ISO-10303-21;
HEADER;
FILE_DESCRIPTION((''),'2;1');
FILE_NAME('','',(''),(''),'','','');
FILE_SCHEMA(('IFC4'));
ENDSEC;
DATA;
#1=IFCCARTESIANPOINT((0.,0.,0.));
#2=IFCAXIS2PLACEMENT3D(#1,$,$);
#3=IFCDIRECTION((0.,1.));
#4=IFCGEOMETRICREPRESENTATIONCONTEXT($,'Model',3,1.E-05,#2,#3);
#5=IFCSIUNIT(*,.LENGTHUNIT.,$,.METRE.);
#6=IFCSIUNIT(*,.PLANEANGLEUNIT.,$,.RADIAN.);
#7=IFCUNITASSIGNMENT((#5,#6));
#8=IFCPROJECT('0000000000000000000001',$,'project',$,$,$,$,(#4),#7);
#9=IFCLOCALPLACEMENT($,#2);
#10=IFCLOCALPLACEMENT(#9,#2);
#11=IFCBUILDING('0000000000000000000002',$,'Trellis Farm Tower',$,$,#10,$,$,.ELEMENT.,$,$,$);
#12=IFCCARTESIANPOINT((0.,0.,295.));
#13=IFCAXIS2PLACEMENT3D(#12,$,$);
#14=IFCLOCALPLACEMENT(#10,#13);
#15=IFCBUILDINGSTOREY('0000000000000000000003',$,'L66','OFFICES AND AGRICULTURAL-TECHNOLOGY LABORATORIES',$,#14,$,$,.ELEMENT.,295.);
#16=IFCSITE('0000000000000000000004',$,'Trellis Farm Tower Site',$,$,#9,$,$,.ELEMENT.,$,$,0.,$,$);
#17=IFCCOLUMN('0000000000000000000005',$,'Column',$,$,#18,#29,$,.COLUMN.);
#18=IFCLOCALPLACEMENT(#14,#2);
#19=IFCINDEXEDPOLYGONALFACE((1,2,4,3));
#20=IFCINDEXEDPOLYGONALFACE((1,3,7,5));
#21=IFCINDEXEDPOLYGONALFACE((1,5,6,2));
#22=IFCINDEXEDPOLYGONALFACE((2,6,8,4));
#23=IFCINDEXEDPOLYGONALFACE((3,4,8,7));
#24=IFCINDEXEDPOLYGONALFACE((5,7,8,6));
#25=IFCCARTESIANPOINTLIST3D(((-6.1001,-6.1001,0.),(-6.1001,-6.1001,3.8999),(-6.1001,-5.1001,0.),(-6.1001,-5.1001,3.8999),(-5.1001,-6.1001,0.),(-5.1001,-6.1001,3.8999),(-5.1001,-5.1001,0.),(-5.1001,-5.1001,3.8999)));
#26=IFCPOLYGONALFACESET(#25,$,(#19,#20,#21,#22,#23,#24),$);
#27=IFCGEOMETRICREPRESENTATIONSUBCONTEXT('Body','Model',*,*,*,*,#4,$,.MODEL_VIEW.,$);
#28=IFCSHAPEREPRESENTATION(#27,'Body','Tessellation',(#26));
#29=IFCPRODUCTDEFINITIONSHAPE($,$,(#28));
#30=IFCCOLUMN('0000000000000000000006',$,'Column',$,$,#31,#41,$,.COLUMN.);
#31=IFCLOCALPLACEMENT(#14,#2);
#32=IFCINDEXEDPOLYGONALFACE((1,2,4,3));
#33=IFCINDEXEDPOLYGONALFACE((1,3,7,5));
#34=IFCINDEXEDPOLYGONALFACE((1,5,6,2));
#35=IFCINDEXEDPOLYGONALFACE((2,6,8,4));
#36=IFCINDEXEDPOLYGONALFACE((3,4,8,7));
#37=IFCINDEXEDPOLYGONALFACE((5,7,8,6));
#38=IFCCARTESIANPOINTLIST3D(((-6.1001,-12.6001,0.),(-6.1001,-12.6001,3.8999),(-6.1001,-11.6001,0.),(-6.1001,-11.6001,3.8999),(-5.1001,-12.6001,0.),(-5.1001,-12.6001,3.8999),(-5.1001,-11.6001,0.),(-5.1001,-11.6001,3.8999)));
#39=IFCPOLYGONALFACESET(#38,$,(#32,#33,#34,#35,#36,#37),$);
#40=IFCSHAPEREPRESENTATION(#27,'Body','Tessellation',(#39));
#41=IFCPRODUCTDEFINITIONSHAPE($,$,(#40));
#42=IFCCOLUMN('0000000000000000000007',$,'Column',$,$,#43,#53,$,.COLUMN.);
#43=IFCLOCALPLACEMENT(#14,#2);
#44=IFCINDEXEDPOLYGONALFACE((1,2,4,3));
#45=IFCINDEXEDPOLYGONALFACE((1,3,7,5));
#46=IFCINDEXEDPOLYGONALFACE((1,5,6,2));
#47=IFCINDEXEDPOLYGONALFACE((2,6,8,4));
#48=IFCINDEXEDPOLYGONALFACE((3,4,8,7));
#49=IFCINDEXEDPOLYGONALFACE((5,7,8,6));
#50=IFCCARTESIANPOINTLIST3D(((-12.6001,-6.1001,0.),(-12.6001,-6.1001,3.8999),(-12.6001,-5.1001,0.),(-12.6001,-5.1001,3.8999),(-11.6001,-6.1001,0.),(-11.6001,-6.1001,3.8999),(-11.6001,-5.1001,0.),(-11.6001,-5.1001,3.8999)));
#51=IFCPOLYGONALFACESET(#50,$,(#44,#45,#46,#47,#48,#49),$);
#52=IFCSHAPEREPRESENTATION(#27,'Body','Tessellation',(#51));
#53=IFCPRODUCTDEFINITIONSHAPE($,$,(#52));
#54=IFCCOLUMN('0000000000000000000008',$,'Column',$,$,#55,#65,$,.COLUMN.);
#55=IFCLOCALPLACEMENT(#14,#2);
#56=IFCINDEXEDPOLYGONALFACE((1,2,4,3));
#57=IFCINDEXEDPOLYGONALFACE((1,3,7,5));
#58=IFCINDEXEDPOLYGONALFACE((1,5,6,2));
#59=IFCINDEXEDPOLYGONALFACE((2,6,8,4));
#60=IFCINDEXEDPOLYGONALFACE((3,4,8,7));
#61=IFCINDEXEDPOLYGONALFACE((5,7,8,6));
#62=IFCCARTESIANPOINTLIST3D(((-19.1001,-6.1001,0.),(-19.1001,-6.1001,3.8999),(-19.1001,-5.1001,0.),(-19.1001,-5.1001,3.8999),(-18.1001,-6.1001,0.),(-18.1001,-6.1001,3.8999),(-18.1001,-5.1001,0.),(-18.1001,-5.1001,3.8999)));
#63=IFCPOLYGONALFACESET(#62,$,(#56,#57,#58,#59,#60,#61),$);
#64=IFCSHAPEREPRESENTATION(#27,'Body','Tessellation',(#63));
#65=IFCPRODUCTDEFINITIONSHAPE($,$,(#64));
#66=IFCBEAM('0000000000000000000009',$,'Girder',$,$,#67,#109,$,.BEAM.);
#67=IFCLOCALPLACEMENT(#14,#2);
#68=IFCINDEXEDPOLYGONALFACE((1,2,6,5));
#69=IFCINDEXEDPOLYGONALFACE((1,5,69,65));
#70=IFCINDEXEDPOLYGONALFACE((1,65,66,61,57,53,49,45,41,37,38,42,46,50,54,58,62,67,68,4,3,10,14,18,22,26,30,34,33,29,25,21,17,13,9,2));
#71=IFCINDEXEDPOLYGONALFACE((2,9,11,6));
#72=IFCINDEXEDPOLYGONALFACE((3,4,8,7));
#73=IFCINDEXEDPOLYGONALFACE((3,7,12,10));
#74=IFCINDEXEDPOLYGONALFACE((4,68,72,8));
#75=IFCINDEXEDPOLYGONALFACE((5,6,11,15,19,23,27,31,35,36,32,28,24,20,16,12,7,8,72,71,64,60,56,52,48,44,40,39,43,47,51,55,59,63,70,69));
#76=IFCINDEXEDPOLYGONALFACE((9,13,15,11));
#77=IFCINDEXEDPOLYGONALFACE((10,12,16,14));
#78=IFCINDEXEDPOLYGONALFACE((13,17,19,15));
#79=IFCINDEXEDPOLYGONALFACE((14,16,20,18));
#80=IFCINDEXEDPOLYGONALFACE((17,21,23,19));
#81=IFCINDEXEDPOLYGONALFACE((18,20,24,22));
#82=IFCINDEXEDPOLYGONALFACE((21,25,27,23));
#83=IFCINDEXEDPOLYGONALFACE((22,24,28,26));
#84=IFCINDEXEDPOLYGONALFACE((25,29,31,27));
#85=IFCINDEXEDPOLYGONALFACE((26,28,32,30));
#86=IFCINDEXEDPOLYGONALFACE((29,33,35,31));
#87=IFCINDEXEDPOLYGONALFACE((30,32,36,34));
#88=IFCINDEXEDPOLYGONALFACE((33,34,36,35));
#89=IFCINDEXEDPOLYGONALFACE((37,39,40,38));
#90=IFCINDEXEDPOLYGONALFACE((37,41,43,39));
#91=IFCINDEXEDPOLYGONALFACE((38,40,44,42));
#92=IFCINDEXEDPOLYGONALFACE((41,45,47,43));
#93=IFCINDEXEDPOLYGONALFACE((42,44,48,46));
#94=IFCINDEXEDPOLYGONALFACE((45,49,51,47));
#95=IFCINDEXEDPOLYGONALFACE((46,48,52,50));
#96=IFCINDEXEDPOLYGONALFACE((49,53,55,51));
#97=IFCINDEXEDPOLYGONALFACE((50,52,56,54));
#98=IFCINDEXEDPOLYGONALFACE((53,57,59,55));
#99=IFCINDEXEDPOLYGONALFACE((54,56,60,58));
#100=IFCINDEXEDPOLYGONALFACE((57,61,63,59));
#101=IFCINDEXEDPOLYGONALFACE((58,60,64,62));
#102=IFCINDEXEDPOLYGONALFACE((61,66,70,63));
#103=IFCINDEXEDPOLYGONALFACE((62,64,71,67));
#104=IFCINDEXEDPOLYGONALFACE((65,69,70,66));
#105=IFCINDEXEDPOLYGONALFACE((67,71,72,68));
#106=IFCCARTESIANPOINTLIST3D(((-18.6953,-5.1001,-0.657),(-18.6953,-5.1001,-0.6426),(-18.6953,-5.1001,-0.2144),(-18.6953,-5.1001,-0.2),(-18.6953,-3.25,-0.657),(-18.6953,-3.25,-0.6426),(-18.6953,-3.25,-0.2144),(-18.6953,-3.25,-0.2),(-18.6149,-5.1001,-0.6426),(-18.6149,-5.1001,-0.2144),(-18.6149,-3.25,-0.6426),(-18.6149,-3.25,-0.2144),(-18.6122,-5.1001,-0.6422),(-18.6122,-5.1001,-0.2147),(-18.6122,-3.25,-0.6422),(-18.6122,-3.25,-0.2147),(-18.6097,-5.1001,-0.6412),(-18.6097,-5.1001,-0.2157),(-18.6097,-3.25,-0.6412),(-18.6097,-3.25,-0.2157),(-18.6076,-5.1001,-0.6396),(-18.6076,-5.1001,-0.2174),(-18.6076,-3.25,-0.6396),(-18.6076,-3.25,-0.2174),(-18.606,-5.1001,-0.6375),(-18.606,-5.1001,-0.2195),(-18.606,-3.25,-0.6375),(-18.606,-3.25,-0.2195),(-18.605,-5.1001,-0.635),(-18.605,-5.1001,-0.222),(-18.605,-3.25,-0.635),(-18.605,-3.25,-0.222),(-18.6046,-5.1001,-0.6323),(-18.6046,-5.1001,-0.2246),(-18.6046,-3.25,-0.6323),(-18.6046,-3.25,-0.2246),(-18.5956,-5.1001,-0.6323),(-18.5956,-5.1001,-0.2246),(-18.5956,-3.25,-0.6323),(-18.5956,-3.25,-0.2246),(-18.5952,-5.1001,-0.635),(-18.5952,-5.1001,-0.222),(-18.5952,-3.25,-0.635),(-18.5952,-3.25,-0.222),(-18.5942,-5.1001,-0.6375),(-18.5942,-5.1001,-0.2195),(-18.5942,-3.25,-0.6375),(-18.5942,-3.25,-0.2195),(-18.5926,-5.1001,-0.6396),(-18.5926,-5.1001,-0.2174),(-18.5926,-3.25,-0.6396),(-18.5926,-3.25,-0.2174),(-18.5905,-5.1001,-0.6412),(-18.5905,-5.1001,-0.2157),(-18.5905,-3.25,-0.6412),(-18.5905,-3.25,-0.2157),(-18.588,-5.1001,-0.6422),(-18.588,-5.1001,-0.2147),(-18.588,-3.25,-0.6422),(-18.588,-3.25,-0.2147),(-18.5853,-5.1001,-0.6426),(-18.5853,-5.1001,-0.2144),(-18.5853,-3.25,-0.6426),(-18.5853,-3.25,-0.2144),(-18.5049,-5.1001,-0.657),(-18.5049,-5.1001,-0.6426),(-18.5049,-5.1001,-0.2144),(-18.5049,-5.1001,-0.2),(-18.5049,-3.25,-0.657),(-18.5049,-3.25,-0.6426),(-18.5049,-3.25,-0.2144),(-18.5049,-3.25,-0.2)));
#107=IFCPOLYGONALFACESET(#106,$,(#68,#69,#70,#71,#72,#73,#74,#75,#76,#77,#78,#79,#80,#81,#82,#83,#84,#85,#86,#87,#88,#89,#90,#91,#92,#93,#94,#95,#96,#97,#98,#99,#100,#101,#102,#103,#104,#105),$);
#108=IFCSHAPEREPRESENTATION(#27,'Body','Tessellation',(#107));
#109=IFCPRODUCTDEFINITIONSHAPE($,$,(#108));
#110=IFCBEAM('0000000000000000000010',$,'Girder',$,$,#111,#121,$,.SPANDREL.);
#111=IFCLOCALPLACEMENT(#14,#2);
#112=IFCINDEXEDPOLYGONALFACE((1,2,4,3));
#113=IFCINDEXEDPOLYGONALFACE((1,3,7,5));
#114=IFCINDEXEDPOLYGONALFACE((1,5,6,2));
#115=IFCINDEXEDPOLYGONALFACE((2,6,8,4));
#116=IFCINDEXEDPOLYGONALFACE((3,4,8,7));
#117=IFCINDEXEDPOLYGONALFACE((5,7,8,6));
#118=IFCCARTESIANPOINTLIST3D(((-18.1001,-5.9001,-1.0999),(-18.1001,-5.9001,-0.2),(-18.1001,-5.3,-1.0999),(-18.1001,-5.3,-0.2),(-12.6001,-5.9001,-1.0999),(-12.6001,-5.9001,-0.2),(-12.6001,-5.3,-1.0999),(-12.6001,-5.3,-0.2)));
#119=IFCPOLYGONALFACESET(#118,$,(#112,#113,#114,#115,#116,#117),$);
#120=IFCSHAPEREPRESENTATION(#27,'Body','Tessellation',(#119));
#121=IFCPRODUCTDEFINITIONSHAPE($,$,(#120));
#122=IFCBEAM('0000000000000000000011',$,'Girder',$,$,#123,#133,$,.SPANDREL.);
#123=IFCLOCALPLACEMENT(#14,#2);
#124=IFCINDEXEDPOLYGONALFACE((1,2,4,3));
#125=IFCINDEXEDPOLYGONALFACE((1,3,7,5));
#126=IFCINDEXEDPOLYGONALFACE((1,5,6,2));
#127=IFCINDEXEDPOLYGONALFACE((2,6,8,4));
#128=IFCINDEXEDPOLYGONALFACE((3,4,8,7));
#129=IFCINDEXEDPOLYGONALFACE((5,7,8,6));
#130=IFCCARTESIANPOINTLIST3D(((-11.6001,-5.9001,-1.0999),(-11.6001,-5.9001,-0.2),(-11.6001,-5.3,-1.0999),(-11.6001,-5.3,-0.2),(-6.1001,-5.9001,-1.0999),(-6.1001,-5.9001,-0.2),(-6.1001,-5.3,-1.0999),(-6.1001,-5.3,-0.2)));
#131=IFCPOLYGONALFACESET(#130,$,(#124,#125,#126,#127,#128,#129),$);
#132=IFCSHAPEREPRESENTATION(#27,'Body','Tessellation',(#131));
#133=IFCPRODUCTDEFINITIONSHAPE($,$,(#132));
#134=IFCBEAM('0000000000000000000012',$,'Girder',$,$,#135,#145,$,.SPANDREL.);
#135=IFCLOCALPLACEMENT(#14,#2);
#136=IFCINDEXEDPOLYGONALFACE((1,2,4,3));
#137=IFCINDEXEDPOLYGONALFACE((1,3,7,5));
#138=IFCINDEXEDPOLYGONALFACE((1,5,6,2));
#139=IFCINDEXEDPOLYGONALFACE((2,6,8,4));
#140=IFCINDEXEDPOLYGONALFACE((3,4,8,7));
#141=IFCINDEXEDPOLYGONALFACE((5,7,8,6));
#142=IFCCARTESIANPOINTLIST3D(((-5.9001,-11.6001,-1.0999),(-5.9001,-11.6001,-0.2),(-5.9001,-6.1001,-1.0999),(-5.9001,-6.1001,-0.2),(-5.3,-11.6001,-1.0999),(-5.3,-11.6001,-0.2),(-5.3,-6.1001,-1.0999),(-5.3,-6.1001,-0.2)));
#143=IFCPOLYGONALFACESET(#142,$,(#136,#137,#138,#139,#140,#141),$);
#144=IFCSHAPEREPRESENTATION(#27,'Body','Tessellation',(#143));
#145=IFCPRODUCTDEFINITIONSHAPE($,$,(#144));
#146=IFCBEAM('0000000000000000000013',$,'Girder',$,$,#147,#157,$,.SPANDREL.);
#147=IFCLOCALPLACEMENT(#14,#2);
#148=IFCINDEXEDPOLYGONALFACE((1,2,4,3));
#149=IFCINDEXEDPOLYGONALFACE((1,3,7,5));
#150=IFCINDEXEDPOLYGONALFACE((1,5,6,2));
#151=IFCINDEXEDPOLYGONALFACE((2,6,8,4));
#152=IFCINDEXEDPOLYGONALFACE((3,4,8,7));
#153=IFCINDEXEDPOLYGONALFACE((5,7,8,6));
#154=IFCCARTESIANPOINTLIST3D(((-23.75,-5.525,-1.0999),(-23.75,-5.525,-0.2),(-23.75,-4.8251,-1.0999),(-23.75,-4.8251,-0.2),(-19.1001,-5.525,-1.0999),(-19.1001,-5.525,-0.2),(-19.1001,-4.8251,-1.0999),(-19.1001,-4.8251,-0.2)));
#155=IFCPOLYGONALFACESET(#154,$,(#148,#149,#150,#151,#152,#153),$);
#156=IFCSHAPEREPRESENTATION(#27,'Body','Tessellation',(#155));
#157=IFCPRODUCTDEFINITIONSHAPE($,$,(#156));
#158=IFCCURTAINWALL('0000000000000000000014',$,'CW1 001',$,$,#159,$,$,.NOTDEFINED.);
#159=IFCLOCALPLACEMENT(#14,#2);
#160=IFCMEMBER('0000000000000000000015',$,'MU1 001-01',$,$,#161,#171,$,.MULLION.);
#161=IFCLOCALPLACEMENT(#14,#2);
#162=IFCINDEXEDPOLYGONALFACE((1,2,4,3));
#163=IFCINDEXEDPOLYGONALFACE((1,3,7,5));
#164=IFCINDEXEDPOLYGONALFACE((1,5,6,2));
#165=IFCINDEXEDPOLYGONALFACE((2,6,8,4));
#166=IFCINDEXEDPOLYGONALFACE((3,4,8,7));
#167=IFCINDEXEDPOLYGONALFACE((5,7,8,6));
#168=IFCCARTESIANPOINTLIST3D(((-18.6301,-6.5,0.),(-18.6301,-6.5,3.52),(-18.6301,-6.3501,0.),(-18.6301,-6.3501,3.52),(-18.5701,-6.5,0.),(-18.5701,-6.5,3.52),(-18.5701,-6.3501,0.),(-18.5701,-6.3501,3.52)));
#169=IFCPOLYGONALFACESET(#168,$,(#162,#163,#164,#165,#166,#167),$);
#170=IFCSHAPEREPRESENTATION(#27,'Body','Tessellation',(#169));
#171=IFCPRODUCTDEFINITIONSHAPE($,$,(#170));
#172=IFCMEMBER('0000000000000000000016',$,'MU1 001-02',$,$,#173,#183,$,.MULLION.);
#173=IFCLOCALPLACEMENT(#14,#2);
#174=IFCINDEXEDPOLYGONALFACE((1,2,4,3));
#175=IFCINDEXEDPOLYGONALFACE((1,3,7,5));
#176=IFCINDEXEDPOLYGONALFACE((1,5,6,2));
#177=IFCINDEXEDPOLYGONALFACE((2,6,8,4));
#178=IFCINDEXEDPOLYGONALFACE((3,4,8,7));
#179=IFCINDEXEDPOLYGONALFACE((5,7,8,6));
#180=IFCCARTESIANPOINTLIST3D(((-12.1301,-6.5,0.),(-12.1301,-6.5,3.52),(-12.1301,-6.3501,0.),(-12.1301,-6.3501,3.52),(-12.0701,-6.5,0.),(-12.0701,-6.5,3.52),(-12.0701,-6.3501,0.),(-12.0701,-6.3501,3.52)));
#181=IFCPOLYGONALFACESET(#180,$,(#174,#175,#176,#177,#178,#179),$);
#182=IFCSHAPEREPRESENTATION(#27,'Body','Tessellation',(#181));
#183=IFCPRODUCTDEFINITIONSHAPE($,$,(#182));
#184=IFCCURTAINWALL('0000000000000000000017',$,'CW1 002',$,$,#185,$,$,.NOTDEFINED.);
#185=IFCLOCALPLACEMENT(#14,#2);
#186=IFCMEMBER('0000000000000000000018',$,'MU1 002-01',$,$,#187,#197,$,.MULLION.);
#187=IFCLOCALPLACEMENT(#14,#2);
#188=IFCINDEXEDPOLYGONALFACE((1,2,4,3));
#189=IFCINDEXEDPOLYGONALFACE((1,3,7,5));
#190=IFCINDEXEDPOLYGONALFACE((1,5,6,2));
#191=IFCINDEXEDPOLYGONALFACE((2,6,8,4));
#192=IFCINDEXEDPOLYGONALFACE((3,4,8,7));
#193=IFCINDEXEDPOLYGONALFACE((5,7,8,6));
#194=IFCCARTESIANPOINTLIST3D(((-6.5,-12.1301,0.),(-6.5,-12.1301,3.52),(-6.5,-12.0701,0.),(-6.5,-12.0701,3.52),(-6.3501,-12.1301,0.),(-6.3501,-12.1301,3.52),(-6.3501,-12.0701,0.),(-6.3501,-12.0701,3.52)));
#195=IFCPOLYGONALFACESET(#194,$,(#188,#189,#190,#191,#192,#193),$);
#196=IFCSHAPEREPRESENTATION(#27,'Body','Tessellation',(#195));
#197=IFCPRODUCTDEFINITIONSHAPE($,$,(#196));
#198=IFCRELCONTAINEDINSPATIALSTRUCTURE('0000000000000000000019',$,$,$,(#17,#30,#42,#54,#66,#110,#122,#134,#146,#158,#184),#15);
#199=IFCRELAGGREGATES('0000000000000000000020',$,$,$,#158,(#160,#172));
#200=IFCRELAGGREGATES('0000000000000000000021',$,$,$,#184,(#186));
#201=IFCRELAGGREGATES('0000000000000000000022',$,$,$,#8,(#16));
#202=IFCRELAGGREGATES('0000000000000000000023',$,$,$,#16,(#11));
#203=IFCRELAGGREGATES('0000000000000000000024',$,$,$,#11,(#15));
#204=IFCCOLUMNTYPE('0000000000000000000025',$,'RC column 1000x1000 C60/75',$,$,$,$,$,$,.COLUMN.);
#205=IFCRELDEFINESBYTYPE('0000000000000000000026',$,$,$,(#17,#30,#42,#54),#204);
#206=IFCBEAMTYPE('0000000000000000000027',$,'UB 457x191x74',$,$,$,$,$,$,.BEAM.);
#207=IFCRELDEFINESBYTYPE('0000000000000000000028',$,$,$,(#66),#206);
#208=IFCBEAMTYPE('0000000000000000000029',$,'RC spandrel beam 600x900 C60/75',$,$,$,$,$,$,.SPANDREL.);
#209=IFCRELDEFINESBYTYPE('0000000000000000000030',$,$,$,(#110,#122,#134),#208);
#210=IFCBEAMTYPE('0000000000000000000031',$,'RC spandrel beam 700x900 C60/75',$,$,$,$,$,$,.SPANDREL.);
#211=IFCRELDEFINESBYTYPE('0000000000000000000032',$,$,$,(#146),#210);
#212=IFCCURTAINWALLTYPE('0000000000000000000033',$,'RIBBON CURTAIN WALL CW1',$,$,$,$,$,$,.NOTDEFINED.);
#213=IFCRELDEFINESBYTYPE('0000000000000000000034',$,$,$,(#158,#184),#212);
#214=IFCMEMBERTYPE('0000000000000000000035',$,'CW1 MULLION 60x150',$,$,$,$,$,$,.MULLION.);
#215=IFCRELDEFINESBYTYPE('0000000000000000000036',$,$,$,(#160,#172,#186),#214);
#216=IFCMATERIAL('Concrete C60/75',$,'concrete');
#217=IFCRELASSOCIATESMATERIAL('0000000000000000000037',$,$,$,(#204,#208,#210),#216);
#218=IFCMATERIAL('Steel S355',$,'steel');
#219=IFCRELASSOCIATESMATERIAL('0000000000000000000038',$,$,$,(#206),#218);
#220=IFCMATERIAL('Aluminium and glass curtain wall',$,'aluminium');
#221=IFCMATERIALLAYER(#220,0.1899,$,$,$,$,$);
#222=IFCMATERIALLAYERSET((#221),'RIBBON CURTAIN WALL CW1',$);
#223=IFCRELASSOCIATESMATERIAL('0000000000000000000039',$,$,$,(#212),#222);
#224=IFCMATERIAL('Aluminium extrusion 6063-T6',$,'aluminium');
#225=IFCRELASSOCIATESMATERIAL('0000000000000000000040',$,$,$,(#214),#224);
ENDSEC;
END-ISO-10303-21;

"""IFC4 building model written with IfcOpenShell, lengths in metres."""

from ifc_helpers import new_model, si_unit, direction, frame, origin, origin_2d, place, context, subcontext, project, spatial, rectangle, i_section, extrude, source, transform, mapped, material, layer, layer_set, material_profile, profile_set, type_object, element, aggregate, save


model = new_model("IFC4")

# Units and contexts
model_context = context("Model", 3, precision=1e-05, world=origin(), true_north=direction((0.0, 1.0)))
body_context = subcontext(model_context, "Body", "Model", "MODEL_VIEW")
ifc_project = project(units=[si_unit("LENGTHUNIT", "METRE"), si_unit("PLANEANGLEUNIT", "RADIAN")], contexts=[model_context])

# Site, building, storey
site_placement = place(None, origin())
site = spatial("IfcSite", under=ifc_project, at=site_placement, Name="Trellis Farm Tower Site", CompositionType="ELEMENT", RefElevation=0.0)
building_placement = place(site_placement, origin())
building = spatial("IfcBuilding", under=site, at=building_placement, Name="Trellis Farm Tower", CompositionType="ELEMENT")
storey_placement = place(building_placement, frame((0.0, 0.0, 295.0)))
storey = spatial("IfcBuildingStorey", under=building, at=storey_placement, Name="L66", Description="OFFICES AND AGRICULTURAL-TECHNOLOGY LABORATORIES", CompositionType="ELEMENT", Elevation=295.0)

# Columns
ifc_material_1 = material(Name="Concrete C60/75", Category="concrete")
ifc_material_profile_1 = material_profile(ifc_material_1, rectangle(XDim=1.0, YDim=1.0, at=origin_2d()), Name="RC column 1000x1000 C60/75")
ifc_profile_set_1 = profile_set([ifc_material_profile_1], Name="Concrete C60/75")
column_type = type_object("IfcColumnType", Name="RC column 1000x1000 C60/75", PredefinedType="COLUMN", material=ifc_profile_set_1)
shared_shape_1 = source(origin(), body_context, "Body", "SweptSolid", [
    extrude(rectangle(XDim=1.0, YDim=1.0, at=origin_2d()), origin(), (0.0, 0.0, 1.0), 3.8999),
])
for number, where, z_axis, x_axis, name in (
    (1, (-5.6001, -5.6001, 0.0), (0.0, 0.0, 1.0), (1.0, 0.0, 0.0), "Column"),
    (2, (-5.6001, -12.1001, 0.0), (0.0, 0.0, 1.0), (1.0, 0.0, 0.0), "Column"),
    (3, (-12.1001, -5.6001, 0.0), (0.0, 0.0, 1.0), (1.0, 0.0, 0.0), "Column"),
    (4, (-18.6001, -5.6001, 0.0), (0.0, 0.0, 1.0), (1.0, 0.0, 0.0), "Column"),
):
    element("IfcColumn", number, at=place(storey_placement, frame(where, z_axis=z_axis, x_axis=x_axis)), inside=storey, type_object=column_type, Name=name, PredefinedType="COLUMN", context=body_context, shape_type="MappedRepresentation", body=[
        mapped(shared_shape_1, transform((0.0, 0.0, 0.0))),
    ])

# Beams
ifc_material_2 = material(Name="Steel S355", Category="steel")
ifc_material_profile_2 = material_profile(ifc_material_2, i_section(OverallWidth=0.1904, OverallDepth=0.457, WebThickness=0.009, FlangeThickness=0.0144, FilletRadius=0.0103, at=origin_2d()), Name="UB 457x191x74")
ifc_profile_set_2 = profile_set([ifc_material_profile_2], Name="Steel S355")
beam_type_1 = type_object("IfcBeamType", Name="UB 457x191x74", PredefinedType="BEAM", material=ifc_profile_set_2)
shared_shape_2 = source(origin(), body_context, "Body", "SweptSolid", [
    extrude(i_section(OverallWidth=0.1904, OverallDepth=0.457, WebThickness=0.009, FlangeThickness=0.0144, FilletRadius=0.0103, at=origin_2d()), origin(), (0.0, 0.0, 1.0), 1.8501),
])
beam_1_placement = place(storey_placement, frame((-18.6001, -5.1001, -0.4285), z_axis=(0.0, 1.0, 0.0), x_axis=(-1.0, 0.0, 0.0)))
element("IfcBeam", 5, at=beam_1_placement, inside=storey, type_object=beam_type_1, Name="Girder", PredefinedType="BEAM", context=body_context, shape_type="MappedRepresentation", body=[
    mapped(shared_shape_2, transform((0.0, 0.0, 0.0))),
])
ifc_material_profile_3 = material_profile(ifc_material_1, rectangle(XDim=0.6001, YDim=0.8999, at=origin_2d()), Name="RC spandrel beam 600x900 C60/75")
ifc_profile_set_3 = profile_set([ifc_material_profile_3], Name="Concrete C60/75")
beam_type_2 = type_object("IfcBeamType", Name="RC spandrel beam 600x900 C60/75", PredefinedType="SPANDREL", material=ifc_profile_set_3)
shared_shape_3 = source(origin(), body_context, "Body", "SweptSolid", [
    extrude(rectangle(XDim=0.6001, YDim=0.8999, at=origin_2d()), origin(), (0.0, 0.0, 1.0), 5.5),
])
for number, where, z_axis, x_axis, name in (
    (6, (-18.1001, -5.6001, -0.6499), (1.0, 0.0, 0.0), (0.0, 1.0, 0.0), "Girder"),
    (7, (-11.6001, -5.6001, -0.6499), (1.0, 0.0, 0.0), (0.0, 1.0, 0.0), "Girder"),
    (8, (-5.6001, -11.6001, -0.6499), (0.0, 1.0, 0.0), (-1.0, 0.0, 0.0), "Girder"),
):
    element("IfcBeam", number, at=place(storey_placement, frame(where, z_axis=z_axis, x_axis=x_axis)), inside=storey, type_object=beam_type_2, Name=name, PredefinedType="SPANDREL", context=body_context, shape_type="MappedRepresentation", body=[
        mapped(shared_shape_3, transform((0.0, 0.0, 0.0))),
    ])
ifc_material_profile_4 = material_profile(ifc_material_1, rectangle(XDim=0.7, YDim=0.8999, at=origin_2d()), Name="RC spandrel beam 700x900 C60/75")
ifc_profile_set_4 = profile_set([ifc_material_profile_4], Name="Concrete C60/75")
beam_type_3 = type_object("IfcBeamType", Name="RC spandrel beam 700x900 C60/75", PredefinedType="SPANDREL", material=ifc_profile_set_4)
shared_shape_4 = source(origin(), body_context, "Body", "SweptSolid", [
    extrude(rectangle(XDim=0.7, YDim=0.8999, at=origin_2d()), origin(), (0.0, 0.0, 1.0), 4.6499),
])
beam_2_placement = place(storey_placement, frame((-23.75, -5.175, -0.6499), z_axis=(1.0, 0.0, 0.0), x_axis=(0.0, 1.0, 0.0)))
element("IfcBeam", 9, at=beam_2_placement, inside=storey, type_object=beam_type_3, Name="Girder", PredefinedType="SPANDREL", context=body_context, shape_type="MappedRepresentation", body=[
    mapped(shared_shape_4, transform((0.0, 0.0, 0.0))),
])

# Curtain walls, members
ifc_material_3 = material(Name="Aluminium and glass curtain wall", Category="aluminium")
ifc_layer_1 = layer(ifc_material_3, 0.1899)
ifc_layer_set_1 = layer_set([ifc_layer_1], Name="RIBBON CURTAIN WALL CW1")
curtain_wall_type_1 = type_object("IfcCurtainWallType", Name="RIBBON CURTAIN WALL CW1", PredefinedType="NOTDEFINED", material=ifc_layer_set_1)
placement = place(storey_placement, origin())
curtain_wall_1 = element("IfcCurtainWall", 10, at=placement, inside=storey, type_object=curtain_wall_type_1, Name="CW1 001", PredefinedType="NOTDEFINED")
ifc_material_4 = material(Name="Aluminium extrusion 6063-T6", Category="aluminium")
ifc_material_profile_5 = material_profile(ifc_material_4, rectangle(XDim=0.0601, YDim=0.1499, at=origin_2d()), Name="MULLION 60x150")
ifc_profile_set_5 = profile_set([ifc_material_profile_5], Name="Aluminium extrusion 6063-T6")
member_type_1 = type_object("IfcMemberType", Name="CW1 MULLION 60x150", PredefinedType="MULLION", material=ifc_profile_set_5)
shared_shape_5 = source(origin(), body_context, "Body", "SweptSolid", [
    extrude(rectangle(XDim=0.0601, YDim=0.1499, at=origin_2d()), origin(), (0.0, 0.0, 1.0), 3.52),
])
member_1_placement = place(storey_placement, frame((-18.6001, -6.425, 0.0), z_axis=(0.0, 0.0, 1.0), x_axis=(1.0, 0.0, 0.0)))
member_1 = element("IfcMember", 11, at=member_1_placement, type_object=member_type_1, Name="MU1 001-01", PredefinedType="MULLION", context=body_context, shape_type="MappedRepresentation", body=[
    mapped(shared_shape_5, transform((0.0, 0.0, 0.0))),
])
member_2_placement = place(storey_placement, frame((-12.1001, -6.425, 0.0), z_axis=(0.0, 0.0, 1.0), x_axis=(1.0, 0.0, 0.0)))
member_2 = element("IfcMember", 12, at=member_2_placement, type_object=member_type_1, Name="MU1 001-02", PredefinedType="MULLION", context=body_context, shape_type="MappedRepresentation", body=[
    mapped(shared_shape_5, transform((0.0, 0.0, 0.0))),
])
aggregate(curtain_wall_1, [member_1, member_2])
curtain_wall_2 = element("IfcCurtainWall", 13, at=placement, inside=storey, type_object=curtain_wall_type_1, Name="CW1 002", PredefinedType="NOTDEFINED")
member_3_placement = place(storey_placement, frame((-6.425, -12.1001, 0.0), z_axis=(0.0, 0.0, 1.0), x_axis=(0.0, -1.0, 0.0)))
member_3 = element("IfcMember", 14, at=member_3_placement, type_object=member_type_1, Name="MU1 002-01", PredefinedType="MULLION", context=body_context, shape_type="MappedRepresentation", body=[
    mapped(shared_shape_5, transform((0.0, 0.0, 0.0))),
])
aggregate(curtain_wall_2, [member_3])

save(model, "model.ifc")
